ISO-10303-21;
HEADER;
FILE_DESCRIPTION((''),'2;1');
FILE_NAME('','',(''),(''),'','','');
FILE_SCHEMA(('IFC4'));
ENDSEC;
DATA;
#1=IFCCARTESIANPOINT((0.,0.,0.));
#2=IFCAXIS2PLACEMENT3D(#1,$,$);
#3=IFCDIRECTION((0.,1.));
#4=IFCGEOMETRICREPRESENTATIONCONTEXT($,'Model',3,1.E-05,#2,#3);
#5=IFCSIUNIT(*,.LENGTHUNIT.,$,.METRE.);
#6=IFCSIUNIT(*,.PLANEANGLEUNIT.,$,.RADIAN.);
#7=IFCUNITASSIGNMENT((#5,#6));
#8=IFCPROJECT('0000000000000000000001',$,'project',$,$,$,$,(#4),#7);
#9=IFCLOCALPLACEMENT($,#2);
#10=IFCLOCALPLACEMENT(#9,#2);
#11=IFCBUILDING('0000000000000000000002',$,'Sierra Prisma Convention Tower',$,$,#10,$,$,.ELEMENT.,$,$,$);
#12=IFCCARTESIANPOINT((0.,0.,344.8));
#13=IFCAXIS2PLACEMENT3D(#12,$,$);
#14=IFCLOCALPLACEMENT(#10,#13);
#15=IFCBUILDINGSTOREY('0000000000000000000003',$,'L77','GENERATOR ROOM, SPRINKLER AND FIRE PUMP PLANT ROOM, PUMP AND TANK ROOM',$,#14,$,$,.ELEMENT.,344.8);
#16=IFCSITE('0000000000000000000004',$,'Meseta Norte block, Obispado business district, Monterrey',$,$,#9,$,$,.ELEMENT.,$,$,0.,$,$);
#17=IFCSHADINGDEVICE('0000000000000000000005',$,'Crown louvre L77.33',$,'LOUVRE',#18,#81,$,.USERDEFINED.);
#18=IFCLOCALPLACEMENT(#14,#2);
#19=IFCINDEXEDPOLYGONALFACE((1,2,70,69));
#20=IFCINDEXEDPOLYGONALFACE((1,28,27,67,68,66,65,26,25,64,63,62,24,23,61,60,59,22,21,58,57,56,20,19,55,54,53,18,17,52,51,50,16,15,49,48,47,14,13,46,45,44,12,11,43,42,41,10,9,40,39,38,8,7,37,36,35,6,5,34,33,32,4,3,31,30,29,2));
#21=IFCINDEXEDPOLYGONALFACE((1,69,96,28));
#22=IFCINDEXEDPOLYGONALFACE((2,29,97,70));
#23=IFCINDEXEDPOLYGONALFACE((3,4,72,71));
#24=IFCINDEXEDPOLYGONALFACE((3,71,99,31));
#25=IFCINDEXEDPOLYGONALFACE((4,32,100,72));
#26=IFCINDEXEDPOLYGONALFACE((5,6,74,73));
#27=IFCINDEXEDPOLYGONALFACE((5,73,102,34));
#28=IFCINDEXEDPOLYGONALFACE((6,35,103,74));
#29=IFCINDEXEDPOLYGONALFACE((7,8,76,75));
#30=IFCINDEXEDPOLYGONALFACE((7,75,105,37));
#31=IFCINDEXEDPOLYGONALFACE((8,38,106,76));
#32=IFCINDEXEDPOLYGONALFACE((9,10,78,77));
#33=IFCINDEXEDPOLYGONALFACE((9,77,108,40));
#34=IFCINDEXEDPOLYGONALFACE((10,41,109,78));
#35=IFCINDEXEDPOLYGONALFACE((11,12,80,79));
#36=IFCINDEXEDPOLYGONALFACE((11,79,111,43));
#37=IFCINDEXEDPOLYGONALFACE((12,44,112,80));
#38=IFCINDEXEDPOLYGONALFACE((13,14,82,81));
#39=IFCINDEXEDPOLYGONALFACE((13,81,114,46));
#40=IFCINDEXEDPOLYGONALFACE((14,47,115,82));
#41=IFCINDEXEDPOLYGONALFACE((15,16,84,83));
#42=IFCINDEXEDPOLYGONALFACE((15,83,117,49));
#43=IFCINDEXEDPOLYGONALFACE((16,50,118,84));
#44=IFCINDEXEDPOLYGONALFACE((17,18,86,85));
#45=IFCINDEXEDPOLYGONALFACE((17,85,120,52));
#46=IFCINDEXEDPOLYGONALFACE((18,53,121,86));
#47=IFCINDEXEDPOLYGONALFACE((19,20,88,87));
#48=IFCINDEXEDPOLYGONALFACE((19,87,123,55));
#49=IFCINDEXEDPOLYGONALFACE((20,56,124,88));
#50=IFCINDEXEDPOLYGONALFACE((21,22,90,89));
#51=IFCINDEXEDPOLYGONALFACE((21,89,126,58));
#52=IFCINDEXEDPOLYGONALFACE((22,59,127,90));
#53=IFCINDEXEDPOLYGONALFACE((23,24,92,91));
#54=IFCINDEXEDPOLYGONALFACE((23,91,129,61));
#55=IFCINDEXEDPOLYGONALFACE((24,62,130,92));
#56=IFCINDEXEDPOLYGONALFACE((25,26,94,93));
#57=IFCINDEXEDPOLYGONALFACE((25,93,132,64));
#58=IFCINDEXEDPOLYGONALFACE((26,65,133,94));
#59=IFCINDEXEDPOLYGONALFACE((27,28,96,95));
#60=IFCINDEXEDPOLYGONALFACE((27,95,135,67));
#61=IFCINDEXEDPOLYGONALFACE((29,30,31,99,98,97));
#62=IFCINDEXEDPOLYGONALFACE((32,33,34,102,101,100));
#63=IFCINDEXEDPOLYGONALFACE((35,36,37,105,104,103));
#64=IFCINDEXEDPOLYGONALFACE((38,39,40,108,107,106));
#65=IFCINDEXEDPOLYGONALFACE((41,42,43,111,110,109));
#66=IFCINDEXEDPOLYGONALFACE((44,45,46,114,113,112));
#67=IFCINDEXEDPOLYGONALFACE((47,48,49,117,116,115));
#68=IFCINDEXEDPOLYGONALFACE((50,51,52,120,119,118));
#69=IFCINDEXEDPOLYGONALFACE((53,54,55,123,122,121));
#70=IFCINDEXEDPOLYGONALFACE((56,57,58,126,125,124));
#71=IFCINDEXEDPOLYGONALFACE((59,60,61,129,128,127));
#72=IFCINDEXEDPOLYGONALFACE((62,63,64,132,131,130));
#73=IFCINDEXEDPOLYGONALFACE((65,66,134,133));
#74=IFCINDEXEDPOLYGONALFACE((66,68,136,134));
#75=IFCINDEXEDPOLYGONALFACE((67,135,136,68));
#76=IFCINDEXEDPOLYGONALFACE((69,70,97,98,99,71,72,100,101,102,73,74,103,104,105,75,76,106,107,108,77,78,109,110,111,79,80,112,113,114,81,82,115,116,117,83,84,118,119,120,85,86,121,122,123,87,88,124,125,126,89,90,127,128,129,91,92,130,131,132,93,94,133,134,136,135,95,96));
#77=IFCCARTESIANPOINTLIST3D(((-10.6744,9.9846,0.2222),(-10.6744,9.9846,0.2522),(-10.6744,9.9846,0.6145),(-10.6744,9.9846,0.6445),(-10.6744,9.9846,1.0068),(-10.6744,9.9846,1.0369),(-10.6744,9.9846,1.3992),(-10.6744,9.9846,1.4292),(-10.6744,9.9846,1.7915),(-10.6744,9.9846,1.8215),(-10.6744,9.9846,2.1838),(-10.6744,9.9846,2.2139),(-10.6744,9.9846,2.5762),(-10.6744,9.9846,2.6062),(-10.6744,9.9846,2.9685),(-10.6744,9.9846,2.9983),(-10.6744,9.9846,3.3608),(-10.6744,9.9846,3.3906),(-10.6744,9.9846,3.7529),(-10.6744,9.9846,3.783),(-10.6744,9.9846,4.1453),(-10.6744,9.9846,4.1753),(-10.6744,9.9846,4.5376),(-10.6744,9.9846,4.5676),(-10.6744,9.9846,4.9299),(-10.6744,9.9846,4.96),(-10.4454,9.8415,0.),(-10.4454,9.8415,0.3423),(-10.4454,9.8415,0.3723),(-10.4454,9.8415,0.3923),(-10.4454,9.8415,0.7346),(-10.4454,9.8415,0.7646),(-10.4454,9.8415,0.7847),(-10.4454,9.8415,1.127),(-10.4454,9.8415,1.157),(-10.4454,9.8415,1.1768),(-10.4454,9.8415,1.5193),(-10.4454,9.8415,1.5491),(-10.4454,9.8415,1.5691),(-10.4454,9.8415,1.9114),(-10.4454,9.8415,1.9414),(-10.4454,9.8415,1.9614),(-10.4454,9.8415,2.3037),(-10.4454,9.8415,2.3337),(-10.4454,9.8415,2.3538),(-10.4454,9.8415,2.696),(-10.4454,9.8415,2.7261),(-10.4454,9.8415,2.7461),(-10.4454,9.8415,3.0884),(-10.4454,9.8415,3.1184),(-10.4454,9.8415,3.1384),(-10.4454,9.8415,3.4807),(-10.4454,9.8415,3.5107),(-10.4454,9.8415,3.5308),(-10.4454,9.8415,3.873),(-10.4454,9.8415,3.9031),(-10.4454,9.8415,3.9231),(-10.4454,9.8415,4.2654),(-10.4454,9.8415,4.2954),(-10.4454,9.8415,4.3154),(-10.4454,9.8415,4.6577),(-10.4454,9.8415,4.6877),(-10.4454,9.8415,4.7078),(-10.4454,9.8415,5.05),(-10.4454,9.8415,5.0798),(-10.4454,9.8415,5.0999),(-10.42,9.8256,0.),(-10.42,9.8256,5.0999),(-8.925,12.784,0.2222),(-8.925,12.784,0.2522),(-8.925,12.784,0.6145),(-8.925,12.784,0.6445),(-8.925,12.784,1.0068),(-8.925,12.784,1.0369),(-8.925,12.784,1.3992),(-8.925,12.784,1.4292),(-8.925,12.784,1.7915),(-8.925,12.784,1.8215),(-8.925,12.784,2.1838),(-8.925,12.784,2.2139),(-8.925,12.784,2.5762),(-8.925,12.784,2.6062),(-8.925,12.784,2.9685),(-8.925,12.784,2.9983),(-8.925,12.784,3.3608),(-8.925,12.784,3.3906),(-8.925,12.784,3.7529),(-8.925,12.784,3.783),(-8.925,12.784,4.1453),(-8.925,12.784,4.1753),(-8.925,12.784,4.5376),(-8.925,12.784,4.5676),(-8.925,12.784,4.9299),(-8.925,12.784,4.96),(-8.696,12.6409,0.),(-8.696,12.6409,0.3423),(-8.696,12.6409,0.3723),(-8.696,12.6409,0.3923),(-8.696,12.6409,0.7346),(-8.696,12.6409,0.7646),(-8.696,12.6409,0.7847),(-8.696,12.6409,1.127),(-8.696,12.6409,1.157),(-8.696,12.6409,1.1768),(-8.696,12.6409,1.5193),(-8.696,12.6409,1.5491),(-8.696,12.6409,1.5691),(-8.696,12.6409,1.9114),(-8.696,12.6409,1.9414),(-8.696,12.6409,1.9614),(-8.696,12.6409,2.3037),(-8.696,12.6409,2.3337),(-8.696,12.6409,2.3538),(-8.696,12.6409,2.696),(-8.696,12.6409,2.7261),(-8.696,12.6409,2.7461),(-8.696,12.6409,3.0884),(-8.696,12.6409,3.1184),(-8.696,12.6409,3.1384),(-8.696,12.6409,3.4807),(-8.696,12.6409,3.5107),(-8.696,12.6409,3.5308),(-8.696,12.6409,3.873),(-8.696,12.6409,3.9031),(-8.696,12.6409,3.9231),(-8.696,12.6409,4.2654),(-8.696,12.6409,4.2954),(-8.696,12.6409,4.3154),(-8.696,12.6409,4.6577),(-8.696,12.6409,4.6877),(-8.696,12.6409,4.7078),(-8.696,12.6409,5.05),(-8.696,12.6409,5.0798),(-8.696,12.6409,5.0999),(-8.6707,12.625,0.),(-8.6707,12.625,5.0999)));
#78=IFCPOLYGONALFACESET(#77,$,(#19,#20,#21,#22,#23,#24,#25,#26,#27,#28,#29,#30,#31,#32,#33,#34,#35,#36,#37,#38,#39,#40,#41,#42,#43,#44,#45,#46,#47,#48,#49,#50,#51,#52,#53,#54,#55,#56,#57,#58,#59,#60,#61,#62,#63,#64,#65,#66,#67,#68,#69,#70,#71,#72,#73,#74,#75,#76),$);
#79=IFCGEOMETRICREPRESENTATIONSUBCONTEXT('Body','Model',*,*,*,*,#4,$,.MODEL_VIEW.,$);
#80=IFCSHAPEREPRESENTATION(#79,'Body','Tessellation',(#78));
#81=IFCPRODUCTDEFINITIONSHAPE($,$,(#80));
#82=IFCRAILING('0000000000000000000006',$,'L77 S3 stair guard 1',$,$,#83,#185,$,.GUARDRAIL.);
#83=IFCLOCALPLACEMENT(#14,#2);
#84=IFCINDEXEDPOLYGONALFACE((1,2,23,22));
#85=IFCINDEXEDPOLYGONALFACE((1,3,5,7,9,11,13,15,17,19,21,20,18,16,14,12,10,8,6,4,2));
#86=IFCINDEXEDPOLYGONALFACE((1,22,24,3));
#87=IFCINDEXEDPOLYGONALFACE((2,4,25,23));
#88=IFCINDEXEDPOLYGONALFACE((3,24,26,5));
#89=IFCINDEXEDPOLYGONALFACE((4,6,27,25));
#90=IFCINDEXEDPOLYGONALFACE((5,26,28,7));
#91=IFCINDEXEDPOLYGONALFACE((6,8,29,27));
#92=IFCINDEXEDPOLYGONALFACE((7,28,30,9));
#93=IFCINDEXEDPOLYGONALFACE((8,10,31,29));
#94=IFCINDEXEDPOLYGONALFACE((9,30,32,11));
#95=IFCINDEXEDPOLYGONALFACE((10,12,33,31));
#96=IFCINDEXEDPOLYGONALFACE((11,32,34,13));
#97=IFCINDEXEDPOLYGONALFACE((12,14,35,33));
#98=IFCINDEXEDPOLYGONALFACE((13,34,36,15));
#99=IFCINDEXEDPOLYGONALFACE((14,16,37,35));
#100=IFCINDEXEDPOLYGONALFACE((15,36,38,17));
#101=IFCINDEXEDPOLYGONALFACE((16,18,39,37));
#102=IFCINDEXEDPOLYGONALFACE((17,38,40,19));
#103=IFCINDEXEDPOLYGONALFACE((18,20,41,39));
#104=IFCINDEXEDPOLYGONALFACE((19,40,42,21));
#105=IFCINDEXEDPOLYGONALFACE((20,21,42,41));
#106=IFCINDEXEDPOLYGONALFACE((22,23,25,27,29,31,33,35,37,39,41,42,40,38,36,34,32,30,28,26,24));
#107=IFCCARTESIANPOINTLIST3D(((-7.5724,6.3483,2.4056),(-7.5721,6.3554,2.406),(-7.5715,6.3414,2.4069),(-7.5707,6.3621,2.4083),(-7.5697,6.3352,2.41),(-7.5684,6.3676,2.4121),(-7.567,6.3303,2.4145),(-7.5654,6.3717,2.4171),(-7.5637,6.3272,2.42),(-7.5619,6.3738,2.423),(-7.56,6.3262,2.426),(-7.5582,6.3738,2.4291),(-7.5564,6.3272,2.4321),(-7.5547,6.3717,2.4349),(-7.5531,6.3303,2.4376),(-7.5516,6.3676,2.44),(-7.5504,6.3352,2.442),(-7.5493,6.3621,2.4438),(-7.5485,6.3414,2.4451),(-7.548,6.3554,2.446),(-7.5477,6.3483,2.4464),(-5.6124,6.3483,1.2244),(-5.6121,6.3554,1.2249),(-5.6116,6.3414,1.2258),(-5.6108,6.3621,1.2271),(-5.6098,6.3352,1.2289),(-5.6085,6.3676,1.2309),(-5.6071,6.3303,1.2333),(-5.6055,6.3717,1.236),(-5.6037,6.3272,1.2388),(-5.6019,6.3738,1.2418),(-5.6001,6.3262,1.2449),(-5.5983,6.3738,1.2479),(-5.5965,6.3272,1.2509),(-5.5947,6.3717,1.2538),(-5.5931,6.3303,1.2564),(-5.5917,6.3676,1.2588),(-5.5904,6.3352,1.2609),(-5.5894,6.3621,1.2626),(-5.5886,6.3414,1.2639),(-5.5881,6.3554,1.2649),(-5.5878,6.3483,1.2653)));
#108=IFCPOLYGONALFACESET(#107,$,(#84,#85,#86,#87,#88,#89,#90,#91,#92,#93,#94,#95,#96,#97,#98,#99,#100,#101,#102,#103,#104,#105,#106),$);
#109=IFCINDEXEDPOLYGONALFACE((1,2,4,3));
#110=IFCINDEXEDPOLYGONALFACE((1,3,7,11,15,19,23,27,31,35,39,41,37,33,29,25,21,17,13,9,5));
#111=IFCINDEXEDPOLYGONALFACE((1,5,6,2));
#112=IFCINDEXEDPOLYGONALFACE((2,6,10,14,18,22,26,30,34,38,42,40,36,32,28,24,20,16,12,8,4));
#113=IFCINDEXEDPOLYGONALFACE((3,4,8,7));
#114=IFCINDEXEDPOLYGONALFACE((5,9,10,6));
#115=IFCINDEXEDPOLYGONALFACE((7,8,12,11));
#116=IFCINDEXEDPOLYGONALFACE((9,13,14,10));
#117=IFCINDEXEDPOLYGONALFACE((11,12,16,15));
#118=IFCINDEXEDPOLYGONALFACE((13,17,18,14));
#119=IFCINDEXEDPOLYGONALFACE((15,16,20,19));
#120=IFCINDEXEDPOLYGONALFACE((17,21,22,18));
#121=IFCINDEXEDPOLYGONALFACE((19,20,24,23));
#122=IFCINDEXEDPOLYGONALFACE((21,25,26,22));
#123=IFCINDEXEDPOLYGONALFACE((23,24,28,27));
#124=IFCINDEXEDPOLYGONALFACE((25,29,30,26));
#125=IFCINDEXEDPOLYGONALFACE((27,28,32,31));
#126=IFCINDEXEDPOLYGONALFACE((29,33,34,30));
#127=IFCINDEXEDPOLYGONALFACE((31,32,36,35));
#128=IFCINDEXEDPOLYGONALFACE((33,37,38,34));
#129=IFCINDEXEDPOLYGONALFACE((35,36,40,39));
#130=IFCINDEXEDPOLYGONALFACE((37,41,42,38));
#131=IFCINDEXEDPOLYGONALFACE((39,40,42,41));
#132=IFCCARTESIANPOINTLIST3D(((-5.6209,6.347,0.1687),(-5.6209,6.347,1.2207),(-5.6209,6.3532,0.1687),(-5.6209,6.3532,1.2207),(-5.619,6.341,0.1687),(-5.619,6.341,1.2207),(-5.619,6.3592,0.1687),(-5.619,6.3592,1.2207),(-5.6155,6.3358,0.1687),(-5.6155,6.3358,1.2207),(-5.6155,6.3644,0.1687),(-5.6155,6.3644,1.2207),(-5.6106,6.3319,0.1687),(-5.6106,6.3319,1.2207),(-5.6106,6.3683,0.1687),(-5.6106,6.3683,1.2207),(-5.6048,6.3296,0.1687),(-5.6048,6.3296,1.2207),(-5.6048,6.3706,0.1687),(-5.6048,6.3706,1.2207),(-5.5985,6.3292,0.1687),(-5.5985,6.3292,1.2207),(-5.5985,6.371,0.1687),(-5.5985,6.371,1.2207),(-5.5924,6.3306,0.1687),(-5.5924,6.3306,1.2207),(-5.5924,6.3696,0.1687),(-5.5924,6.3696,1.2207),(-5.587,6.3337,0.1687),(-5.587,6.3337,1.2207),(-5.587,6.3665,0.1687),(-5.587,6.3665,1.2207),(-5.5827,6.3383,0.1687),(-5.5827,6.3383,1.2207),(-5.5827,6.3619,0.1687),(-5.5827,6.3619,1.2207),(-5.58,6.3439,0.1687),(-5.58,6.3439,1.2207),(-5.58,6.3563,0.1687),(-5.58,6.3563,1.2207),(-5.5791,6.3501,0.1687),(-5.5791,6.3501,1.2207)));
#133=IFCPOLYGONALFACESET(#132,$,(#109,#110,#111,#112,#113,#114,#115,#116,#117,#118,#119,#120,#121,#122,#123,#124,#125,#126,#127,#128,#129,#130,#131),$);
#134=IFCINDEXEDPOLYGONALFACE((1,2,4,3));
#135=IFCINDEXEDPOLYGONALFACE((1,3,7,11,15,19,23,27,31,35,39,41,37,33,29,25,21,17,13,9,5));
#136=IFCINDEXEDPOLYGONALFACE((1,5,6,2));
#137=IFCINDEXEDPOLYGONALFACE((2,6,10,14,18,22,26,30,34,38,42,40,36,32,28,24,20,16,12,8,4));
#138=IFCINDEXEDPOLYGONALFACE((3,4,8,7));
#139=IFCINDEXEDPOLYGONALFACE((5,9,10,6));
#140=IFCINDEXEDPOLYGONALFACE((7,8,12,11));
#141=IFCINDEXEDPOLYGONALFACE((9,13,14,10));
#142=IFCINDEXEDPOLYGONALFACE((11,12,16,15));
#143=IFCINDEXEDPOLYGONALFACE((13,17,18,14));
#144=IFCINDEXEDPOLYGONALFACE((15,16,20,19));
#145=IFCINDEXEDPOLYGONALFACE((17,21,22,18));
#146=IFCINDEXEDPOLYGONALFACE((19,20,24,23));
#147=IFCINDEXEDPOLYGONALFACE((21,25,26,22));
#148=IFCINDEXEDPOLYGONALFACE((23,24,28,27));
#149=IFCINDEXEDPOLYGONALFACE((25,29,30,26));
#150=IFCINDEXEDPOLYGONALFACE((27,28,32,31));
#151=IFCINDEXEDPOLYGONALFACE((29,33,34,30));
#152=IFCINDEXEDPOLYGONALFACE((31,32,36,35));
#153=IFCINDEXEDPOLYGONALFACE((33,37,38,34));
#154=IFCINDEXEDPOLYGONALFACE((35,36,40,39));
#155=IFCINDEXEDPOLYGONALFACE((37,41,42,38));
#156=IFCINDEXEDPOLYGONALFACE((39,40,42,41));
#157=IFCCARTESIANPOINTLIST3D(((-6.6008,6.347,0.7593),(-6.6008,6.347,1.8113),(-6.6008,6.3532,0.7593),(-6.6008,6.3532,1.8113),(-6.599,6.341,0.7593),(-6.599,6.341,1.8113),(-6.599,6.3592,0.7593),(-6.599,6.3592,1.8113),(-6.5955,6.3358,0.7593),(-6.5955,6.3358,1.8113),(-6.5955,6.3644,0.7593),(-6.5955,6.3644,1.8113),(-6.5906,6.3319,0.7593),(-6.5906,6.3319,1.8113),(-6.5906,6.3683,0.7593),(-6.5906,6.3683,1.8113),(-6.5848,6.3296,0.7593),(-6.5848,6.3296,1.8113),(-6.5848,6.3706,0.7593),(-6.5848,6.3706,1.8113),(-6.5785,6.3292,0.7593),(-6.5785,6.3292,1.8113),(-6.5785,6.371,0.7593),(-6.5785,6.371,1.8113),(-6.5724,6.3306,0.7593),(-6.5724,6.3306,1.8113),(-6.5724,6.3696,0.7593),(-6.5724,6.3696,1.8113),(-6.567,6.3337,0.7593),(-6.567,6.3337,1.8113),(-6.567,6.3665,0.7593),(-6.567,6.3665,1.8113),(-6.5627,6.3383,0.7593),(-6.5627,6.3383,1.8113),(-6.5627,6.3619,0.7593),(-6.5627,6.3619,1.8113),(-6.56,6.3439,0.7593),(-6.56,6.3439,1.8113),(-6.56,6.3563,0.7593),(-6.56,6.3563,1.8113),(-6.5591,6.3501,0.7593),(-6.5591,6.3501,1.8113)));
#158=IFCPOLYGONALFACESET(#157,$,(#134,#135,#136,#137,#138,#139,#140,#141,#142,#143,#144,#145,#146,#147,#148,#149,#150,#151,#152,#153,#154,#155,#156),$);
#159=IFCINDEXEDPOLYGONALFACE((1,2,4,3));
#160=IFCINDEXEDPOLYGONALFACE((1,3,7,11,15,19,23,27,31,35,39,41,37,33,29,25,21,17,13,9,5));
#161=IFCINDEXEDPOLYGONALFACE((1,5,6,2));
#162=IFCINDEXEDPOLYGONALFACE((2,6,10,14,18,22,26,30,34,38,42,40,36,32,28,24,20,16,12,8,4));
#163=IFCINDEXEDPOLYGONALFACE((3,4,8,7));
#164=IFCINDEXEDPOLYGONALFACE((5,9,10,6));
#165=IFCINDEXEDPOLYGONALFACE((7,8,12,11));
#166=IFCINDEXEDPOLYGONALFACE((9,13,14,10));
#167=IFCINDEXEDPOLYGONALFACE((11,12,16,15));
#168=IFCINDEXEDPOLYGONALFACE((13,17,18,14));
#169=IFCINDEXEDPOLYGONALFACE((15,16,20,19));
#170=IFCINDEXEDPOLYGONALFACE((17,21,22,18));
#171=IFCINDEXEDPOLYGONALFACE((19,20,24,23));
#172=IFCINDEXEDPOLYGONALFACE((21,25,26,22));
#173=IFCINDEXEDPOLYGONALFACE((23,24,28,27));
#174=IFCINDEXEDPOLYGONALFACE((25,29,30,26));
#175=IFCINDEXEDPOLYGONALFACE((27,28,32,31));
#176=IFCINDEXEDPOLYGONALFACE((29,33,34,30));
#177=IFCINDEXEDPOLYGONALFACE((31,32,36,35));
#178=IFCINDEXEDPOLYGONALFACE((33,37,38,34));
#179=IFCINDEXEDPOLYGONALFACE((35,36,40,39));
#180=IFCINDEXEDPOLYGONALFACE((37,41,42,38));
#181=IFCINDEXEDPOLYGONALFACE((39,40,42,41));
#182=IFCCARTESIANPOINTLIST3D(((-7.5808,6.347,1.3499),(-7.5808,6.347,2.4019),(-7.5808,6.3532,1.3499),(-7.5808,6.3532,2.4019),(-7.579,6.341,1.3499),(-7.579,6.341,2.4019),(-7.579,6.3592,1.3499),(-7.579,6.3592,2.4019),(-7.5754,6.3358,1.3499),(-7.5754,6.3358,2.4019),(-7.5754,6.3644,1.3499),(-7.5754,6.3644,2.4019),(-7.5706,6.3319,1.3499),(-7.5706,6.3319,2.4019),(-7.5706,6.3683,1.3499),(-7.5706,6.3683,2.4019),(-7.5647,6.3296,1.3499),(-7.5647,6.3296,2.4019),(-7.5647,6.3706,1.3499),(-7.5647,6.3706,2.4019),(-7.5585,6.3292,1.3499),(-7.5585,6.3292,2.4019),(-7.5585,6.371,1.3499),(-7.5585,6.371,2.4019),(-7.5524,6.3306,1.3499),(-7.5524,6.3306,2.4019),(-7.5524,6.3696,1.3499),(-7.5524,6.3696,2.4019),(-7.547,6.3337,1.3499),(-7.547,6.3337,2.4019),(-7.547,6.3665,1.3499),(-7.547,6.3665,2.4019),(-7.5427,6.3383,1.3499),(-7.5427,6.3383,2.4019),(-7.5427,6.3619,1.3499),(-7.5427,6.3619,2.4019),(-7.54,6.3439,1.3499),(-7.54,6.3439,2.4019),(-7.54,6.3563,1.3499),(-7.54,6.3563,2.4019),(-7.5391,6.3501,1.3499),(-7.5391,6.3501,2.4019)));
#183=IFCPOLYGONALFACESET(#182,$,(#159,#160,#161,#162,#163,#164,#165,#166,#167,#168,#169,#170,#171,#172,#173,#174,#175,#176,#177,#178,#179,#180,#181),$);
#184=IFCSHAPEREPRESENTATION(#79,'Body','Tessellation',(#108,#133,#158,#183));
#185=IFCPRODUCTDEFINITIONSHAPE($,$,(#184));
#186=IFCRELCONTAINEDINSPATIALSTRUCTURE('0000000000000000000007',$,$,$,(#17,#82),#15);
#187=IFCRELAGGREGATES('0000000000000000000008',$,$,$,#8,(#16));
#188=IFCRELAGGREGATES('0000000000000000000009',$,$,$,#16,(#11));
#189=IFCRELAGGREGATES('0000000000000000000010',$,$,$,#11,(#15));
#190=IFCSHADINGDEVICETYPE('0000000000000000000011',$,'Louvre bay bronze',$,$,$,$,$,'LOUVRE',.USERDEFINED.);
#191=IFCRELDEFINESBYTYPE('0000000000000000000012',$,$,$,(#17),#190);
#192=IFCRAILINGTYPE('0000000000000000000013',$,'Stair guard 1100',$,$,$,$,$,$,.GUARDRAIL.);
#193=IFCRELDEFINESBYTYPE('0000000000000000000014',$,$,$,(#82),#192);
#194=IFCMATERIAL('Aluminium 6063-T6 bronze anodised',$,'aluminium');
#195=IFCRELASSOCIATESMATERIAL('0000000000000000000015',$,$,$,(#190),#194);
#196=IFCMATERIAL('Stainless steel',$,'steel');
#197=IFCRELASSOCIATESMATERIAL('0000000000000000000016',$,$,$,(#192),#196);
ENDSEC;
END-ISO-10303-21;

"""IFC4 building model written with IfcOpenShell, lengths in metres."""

from ifc_helpers import new_model, si_unit, direction, frame, origin, origin_2d, place, context, subcontext, project, spatial, polyline, circle, outline, extrude, material, type_object, element, save


model = new_model("IFC4")

# Units and contexts
model_context = context("Model", 3, precision=1e-05, world=origin(), true_north=direction((0.0, 1.0)))
body_context = subcontext(model_context, "Body", "Model", "MODEL_VIEW")
ifc_project = project(units=[si_unit("LENGTHUNIT", "METRE"), si_unit("PLANEANGLEUNIT", "RADIAN")], contexts=[model_context])

# Site, building, storey
site_placement = place(None, origin())
site = spatial("IfcSite", under=ifc_project, at=site_placement, Name="Meseta Norte block, Obispado business district, Monterrey", CompositionType="ELEMENT", RefElevation=0.0)
building_placement = place(site_placement, origin())
building = spatial("IfcBuilding", under=site, at=building_placement, Name="Sierra Prisma Convention Tower", CompositionType="ELEMENT")
storey_placement = place(building_placement, frame((0.0, 0.0, 344.8)))
storey = spatial("IfcBuildingStorey", under=building, at=storey_placement, Name="L77", Description="GENERATOR ROOM, SPRINKLER AND FIRE PUMP PLANT ROOM, PUMP AND TANK ROOM", CompositionType="ELEMENT", Elevation=344.8)

# Shading device
ifc_material_1 = material(Name="Aluminium 6063-T6 bronze anodised", Category="aluminium")
shading_device_type = type_object("IfcShadingDeviceType", Name="Louvre bay bronze", ElementType="LOUVRE", PredefinedType="USERDEFINED", material=ifc_material_1)
shading_device_1_placement = place(storey_placement, frame((-8.6707, 12.625, 0.0), z_axis=(0.529933, 0.84804, 0.0), x_axis=(0.0, 0.0, 1.0)))
element("IfcShadingDevice", 1, at=shading_device_1_placement, inside=storey, type_object=shading_device_type, Name="Crown louvre L77.33", ObjectType="LOUVRE", PredefinedType="USERDEFINED", context=body_context, shape_type="SweptSolid", body=[
    extrude(outline(polyline([(0.0, 0.0), (5.0999, 0.0), (5.0999, -0.0299), (5.0798, -0.0299), (4.96, -0.3), (4.9299, -0.3), (5.05, -0.0299), (4.7078, -0.0299), (4.6877, -0.0299), (4.5676, -0.3), (4.5376, -0.3), (4.6577, -0.0299), (4.3154, -0.0299), (4.2954, -0.0299), (4.1753, -0.3), (4.1453, -0.3), (4.2654, -0.0299), (3.9231, -0.0299), (3.9031, -0.0299), (3.783, -0.3), (3.7529, -0.3), (3.873, -0.0299), (3.5308, -0.0299), (3.5107, -0.0299), (3.3906, -0.3), (3.3608, -0.3), (3.4807, -0.0299), (3.1384, -0.0299), (3.1184, -0.0299), (2.9983, -0.3), (2.9685, -0.3), (3.0884, -0.0299), (2.7461, -0.0299), (2.7261, -0.0299), (2.6062, -0.3), (2.5762, -0.3), (2.696, -0.0299), (2.3538, -0.0299), (2.3337, -0.0299), (2.2139, -0.3), (2.1838, -0.3), (2.3037, -0.0299), (1.9614, -0.0299), (1.9414, -0.0299), (1.8215, -0.3), (1.7915, -0.3), (1.9114, -0.0299), (1.5691, -0.0299), (1.5491, -0.0299), (1.4292, -0.3), (1.3992, -0.3), (1.5193, -0.0299), (1.1768, -0.0299), (1.157, -0.0299), (1.0369, -0.3), (1.0068, -0.3), (1.127, -0.0299), (0.7847, -0.0299), (0.7646, -0.0299), (0.6445, -0.3), (0.6145, -0.3), (0.7346, -0.0299), (0.3923, -0.0299), (0.3723, -0.0299), (0.2522, -0.3), (0.2222, -0.3), (0.3423, -0.0299), (0.0, -0.0299), (0.0, 0.0)])), origin(), (0.0, 0.0, -1.0), 3.301),
])

# Railing
ifc_material_2 = material(Name="Stainless steel", Category="steel")
railing_type_1 = type_object("IfcRailingType", Name="Stair guard 1100", PredefinedType="GUARDRAIL", material=ifc_material_2)
railing_1_placement = place(storey_placement, frame((-5.6001, 6.3501, 0.1687)))
element("IfcRailing", 2, at=railing_1_placement, inside=storey, type_object=railing_type_1, Name="L77 S3 stair guard 1", PredefinedType="GUARDRAIL", context=body_context, shape_type="SweptSolid", body=[
    extrude(circle(Radius=0.0239, at=origin_2d()), frame((0.0, 0.0, 1.0762), z_axis=(-0.856493, 0.0, 0.516158), x_axis=(0.0, -1.0, 0.0)), (0.0, 0.0, 1.0), 2.2883),
    extrude(circle(Radius=0.021, at=origin_2d()), origin(), (0.0, 0.0, 1.0), 1.052),
    extrude(circle(Radius=0.021, at=origin_2d()), frame((-0.98, 0.0, 0.5906)), (0.0, 0.0, 1.0), 1.052),
    extrude(circle(Radius=0.021, at=origin_2d()), frame((-1.96, 0.0, 1.1812)), (0.0, 0.0, 1.0), 1.052),
])

save(model, "model.ifc")
